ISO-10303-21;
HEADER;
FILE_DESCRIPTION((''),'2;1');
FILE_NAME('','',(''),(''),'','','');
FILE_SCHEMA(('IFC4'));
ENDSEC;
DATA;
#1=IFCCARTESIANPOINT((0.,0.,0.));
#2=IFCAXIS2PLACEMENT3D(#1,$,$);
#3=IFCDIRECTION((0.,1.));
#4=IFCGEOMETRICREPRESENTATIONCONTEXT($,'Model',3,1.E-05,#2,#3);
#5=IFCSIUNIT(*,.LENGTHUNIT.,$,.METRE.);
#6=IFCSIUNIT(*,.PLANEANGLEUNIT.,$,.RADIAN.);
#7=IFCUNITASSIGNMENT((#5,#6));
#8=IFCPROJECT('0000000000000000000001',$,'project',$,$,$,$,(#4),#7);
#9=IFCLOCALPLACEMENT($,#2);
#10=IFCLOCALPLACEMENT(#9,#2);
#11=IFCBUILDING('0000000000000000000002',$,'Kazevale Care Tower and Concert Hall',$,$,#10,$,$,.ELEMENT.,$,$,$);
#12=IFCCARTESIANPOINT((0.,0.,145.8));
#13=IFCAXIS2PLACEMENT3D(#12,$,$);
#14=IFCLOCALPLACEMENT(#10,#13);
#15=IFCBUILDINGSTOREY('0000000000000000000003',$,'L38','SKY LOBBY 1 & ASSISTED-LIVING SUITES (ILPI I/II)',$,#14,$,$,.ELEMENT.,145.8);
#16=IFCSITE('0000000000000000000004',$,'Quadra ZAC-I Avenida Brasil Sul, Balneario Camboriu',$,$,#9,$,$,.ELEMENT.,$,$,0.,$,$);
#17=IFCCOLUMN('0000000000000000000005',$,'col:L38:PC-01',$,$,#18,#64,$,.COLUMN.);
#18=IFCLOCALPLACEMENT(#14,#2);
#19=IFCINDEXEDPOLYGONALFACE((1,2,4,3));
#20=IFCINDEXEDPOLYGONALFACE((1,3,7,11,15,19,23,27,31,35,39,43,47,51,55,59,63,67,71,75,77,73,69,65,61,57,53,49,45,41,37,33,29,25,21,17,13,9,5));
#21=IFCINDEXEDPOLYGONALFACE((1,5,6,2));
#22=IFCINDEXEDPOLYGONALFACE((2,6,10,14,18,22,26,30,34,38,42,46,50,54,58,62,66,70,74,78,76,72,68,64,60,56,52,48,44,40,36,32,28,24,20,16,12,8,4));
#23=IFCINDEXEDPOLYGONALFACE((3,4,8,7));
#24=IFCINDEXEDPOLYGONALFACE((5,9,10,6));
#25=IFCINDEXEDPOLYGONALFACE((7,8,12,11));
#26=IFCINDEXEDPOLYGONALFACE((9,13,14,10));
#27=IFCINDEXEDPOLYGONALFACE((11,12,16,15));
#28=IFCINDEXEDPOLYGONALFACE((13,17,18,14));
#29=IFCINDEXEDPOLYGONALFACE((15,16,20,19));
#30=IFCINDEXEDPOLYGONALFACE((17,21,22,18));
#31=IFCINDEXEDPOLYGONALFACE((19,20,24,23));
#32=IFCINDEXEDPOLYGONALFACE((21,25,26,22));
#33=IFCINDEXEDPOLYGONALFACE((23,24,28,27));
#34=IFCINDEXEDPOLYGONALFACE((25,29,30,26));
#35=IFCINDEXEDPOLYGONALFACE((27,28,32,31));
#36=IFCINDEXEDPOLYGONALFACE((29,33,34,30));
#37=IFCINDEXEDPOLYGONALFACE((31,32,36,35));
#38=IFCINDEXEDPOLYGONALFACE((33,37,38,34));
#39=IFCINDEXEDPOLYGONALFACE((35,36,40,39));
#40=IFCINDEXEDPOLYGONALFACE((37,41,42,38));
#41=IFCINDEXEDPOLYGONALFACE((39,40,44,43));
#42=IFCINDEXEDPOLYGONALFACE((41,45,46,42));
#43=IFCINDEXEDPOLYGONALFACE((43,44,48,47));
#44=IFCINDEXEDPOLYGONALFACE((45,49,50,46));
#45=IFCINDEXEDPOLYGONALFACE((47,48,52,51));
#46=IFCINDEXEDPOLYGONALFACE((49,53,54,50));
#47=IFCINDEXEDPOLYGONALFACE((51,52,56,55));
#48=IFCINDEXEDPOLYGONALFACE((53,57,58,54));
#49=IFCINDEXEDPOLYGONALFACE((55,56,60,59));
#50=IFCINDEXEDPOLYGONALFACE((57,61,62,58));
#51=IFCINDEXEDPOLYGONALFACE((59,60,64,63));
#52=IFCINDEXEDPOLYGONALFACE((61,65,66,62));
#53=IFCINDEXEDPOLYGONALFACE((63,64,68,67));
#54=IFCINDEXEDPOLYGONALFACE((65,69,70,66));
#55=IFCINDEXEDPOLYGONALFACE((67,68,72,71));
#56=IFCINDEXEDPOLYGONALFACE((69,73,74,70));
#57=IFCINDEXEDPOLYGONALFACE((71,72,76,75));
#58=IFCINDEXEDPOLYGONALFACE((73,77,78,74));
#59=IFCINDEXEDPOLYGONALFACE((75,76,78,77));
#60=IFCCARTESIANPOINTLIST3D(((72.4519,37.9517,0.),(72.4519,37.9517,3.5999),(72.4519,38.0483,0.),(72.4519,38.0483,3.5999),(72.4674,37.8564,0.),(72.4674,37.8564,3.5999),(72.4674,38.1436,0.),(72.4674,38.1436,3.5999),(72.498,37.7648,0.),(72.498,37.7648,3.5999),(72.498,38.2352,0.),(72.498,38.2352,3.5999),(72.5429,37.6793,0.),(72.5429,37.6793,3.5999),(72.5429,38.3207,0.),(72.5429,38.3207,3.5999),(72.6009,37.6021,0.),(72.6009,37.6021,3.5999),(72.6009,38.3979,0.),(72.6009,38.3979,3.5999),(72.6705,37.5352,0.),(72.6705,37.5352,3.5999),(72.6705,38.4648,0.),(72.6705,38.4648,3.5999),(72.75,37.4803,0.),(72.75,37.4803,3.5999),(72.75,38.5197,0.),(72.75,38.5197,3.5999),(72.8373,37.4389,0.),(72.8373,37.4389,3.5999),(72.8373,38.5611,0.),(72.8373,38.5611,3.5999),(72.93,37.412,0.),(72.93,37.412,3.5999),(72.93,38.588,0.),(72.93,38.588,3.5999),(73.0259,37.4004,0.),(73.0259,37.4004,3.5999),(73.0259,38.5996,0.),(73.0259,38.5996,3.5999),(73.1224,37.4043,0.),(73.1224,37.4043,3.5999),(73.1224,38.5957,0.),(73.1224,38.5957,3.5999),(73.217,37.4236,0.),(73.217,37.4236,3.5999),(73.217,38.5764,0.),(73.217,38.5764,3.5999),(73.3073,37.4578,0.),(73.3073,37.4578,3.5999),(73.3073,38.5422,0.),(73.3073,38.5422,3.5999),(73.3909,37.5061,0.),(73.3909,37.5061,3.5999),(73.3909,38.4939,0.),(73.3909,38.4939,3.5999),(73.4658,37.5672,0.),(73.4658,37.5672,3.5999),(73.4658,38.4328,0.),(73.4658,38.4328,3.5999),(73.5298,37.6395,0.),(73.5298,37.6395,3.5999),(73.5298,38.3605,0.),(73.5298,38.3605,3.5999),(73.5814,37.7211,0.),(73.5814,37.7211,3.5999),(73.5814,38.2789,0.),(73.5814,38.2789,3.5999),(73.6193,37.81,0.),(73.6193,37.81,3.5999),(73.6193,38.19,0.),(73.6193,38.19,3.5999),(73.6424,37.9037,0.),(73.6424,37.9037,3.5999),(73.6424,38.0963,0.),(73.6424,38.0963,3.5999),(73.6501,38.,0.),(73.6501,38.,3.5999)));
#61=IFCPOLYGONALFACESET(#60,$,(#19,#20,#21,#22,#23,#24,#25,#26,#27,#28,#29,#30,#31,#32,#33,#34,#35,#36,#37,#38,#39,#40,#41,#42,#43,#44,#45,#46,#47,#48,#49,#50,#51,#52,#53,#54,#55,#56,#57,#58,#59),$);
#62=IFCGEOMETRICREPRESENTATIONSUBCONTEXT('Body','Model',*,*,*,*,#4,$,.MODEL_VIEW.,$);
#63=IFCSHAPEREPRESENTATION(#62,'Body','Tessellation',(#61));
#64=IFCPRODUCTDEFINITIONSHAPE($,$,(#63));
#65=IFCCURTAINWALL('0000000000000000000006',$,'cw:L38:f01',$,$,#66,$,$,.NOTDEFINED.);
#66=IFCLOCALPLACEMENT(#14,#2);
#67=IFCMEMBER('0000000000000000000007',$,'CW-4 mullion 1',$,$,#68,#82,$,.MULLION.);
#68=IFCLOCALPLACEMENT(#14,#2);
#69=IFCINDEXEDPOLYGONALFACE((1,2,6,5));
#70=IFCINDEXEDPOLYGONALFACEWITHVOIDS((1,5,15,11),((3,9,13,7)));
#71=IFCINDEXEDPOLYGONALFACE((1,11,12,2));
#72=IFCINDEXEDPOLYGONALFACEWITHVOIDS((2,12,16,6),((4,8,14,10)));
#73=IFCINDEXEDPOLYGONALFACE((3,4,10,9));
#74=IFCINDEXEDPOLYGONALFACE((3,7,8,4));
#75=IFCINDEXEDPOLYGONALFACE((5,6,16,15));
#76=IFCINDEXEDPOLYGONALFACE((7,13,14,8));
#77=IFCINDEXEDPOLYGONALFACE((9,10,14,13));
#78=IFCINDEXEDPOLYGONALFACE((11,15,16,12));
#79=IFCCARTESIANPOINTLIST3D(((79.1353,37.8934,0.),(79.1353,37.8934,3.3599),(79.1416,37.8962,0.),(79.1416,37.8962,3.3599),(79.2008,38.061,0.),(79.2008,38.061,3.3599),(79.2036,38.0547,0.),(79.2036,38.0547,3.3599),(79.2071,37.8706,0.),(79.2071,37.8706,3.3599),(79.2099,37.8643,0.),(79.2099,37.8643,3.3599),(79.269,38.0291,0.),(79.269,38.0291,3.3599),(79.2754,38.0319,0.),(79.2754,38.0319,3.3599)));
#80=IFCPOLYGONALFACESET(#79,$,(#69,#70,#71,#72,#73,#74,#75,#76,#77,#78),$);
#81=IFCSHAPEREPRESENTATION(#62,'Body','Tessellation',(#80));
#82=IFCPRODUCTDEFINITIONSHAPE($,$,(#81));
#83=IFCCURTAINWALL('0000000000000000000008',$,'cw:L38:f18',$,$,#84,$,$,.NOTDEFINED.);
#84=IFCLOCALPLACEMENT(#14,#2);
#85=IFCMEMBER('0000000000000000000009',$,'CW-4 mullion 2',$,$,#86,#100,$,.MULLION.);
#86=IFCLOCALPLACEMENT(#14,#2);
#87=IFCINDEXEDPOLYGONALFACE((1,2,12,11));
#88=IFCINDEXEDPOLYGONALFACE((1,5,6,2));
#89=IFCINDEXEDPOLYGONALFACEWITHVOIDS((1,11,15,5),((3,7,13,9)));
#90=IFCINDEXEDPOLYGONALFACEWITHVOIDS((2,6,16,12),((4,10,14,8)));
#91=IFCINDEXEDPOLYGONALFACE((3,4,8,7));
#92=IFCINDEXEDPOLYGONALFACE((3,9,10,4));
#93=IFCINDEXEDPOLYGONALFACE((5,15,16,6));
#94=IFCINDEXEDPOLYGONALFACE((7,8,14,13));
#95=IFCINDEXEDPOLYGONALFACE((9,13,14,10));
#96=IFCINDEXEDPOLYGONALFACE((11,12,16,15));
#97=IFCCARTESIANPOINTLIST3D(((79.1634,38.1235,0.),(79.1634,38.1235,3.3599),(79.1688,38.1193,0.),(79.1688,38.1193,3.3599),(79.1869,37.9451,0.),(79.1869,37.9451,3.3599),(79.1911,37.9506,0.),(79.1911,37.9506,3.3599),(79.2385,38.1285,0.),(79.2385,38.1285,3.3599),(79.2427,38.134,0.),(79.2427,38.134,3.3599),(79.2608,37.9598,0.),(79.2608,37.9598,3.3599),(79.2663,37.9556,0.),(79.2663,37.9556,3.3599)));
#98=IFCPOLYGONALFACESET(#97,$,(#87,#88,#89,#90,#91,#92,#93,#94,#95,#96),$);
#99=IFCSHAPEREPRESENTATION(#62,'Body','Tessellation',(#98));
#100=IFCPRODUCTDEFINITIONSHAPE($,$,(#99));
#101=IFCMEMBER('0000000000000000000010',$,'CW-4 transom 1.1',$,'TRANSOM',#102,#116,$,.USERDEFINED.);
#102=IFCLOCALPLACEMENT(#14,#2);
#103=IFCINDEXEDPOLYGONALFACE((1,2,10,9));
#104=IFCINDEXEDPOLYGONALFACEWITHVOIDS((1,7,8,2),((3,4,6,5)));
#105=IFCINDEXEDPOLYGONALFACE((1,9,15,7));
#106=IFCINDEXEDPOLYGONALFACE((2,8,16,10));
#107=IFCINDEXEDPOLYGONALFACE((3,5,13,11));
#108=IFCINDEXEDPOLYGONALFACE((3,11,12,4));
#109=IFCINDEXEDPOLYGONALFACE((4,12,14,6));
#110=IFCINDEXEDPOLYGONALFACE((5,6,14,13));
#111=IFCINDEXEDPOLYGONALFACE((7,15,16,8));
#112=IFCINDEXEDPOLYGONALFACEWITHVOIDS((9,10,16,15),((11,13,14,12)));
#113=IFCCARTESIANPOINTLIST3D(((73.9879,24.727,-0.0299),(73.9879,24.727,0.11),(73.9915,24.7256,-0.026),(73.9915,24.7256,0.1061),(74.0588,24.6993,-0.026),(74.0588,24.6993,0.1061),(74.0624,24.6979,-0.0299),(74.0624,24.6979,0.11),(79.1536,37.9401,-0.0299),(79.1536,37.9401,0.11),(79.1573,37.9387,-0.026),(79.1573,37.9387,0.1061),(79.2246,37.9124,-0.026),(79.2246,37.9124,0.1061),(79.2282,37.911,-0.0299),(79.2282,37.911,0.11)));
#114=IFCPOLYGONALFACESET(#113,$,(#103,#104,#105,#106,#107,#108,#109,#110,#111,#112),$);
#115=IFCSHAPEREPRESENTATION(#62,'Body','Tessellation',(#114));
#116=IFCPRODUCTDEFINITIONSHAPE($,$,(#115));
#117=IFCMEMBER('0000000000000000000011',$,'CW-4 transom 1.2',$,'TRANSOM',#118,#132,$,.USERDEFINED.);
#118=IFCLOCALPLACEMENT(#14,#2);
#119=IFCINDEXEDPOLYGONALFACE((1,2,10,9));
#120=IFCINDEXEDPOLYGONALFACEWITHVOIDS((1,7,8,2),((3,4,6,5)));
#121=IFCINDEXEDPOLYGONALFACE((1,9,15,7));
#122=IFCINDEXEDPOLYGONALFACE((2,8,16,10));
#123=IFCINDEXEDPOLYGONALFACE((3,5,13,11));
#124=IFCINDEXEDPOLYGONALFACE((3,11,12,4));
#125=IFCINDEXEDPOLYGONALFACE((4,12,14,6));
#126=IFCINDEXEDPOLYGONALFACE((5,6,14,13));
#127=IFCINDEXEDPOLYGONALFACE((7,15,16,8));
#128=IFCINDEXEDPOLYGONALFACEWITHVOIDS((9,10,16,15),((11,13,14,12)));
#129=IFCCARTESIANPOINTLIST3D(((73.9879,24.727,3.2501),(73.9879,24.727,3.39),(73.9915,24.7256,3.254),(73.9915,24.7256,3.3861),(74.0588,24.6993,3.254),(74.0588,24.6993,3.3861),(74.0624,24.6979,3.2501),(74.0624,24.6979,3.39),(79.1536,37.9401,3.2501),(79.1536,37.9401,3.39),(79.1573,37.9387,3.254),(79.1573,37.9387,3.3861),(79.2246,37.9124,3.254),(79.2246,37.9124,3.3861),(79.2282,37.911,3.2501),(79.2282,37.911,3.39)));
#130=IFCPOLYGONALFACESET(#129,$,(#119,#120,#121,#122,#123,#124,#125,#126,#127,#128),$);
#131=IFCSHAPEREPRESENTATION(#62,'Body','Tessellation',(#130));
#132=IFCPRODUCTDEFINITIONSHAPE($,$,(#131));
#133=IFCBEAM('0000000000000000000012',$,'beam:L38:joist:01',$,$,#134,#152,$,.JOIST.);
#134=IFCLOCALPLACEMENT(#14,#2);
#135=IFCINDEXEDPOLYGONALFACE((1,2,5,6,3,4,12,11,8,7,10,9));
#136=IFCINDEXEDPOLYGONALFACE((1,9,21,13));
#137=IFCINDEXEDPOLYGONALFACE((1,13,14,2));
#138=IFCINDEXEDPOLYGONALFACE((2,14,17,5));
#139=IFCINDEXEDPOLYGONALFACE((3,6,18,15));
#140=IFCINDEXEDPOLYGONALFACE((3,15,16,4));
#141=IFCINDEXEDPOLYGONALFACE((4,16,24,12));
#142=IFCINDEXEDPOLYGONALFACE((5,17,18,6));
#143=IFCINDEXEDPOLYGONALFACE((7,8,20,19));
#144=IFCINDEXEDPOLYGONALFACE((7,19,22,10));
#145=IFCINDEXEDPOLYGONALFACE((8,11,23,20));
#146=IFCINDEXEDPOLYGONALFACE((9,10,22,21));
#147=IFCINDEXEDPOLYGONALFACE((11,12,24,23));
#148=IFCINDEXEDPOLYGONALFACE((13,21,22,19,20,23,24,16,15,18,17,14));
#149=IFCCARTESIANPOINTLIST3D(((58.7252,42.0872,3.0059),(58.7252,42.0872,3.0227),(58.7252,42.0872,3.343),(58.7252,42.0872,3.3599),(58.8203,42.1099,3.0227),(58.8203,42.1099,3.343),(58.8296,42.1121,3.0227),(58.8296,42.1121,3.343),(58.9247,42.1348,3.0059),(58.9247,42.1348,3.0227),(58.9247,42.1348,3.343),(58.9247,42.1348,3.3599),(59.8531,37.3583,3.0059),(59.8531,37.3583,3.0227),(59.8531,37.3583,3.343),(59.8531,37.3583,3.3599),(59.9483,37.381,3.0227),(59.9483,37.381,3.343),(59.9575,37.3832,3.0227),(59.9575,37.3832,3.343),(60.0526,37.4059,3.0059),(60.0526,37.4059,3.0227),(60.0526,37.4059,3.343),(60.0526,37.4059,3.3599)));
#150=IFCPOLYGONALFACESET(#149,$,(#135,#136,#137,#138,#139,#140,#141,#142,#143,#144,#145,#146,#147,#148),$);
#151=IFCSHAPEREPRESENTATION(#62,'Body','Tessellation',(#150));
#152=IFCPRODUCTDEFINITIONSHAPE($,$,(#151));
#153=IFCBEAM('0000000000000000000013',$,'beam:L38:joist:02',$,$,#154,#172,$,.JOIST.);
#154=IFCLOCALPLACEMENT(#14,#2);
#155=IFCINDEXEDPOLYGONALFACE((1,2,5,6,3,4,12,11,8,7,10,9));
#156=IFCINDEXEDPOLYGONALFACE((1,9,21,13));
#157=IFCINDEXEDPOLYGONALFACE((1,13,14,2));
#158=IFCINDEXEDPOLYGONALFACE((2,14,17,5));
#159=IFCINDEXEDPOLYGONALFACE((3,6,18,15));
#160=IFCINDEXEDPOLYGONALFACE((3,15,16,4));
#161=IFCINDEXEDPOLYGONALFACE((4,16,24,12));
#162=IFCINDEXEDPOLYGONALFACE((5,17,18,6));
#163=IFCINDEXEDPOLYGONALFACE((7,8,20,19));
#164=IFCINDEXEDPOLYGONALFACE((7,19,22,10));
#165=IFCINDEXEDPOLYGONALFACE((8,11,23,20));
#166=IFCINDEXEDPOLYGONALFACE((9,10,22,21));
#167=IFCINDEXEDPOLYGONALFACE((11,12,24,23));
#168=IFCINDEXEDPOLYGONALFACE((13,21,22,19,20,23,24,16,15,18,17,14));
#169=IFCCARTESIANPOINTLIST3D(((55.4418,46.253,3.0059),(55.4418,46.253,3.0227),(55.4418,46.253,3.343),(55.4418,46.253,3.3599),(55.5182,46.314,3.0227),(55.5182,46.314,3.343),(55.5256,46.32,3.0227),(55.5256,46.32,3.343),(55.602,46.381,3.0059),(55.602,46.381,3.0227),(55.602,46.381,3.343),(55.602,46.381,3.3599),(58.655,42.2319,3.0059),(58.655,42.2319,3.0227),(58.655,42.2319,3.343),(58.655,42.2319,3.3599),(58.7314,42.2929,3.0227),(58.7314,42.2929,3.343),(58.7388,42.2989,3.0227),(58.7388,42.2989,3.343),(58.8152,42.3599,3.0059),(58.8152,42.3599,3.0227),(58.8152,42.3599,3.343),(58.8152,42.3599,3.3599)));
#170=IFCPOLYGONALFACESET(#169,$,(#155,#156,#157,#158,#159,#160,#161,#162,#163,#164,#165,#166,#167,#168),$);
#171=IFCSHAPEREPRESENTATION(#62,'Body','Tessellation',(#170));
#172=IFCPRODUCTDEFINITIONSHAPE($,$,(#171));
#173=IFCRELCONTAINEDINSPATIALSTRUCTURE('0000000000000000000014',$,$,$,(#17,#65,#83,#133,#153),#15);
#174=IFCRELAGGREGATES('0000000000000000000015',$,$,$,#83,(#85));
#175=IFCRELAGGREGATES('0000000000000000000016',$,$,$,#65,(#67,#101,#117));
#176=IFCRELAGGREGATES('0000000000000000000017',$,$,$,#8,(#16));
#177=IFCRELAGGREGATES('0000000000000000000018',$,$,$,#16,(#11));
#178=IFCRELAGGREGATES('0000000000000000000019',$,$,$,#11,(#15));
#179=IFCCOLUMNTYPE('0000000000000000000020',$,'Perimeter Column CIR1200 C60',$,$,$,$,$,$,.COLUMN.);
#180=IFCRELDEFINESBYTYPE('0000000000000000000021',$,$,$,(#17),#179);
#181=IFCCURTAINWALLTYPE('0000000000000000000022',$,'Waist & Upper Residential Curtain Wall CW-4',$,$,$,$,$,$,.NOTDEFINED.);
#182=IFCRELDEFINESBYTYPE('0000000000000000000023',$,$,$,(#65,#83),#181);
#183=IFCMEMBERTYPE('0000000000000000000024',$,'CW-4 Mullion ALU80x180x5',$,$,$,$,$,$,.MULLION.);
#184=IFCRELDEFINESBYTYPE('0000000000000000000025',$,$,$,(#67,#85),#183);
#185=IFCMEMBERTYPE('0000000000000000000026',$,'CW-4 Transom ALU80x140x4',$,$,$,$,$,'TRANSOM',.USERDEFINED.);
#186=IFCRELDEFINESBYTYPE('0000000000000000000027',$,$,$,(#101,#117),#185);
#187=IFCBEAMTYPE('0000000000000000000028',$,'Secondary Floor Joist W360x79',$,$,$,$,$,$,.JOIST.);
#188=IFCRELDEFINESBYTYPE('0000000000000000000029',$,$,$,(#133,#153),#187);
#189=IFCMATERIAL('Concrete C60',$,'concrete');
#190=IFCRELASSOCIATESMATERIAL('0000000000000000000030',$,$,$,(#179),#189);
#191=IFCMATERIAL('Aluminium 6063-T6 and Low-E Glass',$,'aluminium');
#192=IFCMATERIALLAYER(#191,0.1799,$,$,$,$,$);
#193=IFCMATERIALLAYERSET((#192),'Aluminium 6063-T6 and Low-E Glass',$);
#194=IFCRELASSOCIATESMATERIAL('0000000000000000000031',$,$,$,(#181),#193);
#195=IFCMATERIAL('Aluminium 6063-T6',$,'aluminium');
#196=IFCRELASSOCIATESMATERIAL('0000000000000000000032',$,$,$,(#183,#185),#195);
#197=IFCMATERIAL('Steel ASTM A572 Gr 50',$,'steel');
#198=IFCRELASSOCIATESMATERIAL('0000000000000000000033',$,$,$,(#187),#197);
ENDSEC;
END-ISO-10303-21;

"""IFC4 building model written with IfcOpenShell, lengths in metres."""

from ifc_helpers import new_model, si_unit, direction, frame, origin, origin_2d, place, context, subcontext, project, spatial, hollow_rectangle, circle, i_section, extrude, material, layer, layer_set, material_profile, profile_set, type_object, element, aggregate, save


model = new_model("IFC4")

# Units and contexts
model_context = context("Model", 3, precision=1e-05, world=origin(), true_north=direction((0.0, 1.0)))
body_context = subcontext(model_context, "Body", "Model", "MODEL_VIEW")
ifc_project = project(units=[si_unit("LENGTHUNIT", "METRE"), si_unit("PLANEANGLEUNIT", "RADIAN")], contexts=[model_context])

# Site, building, storey
site_placement = place(None, origin())
site = spatial("IfcSite", under=ifc_project, at=site_placement, Name="Quadra ZAC-I Avenida Brasil Sul, Balneario Camboriu", CompositionType="ELEMENT", RefElevation=0.0)
building_placement = place(site_placement, origin())
building = spatial("IfcBuilding", under=site, at=building_placement, Name="Kazevale Care Tower and Concert Hall", CompositionType="ELEMENT")
storey_placement = place(building_placement, frame((0.0, 0.0, 145.8)))
storey = spatial("IfcBuildingStorey", under=building, at=storey_placement, Name="L38", Description="SKY LOBBY 1 & ASSISTED-LIVING SUITES (ILPI I/II)", CompositionType="ELEMENT", Elevation=145.8)

# Column
ifc_material_1 = material(Name="Concrete C60", Category="concrete")
ifc_material_profile_1 = material_profile(ifc_material_1, circle(Radius=0.6001, at=origin_2d()), Name="RC-CIR1200")
ifc_profile_set_1 = profile_set([ifc_material_profile_1], Name="Concrete C60")
column_type = type_object("IfcColumnType", Name="Perimeter Column CIR1200 C60", PredefinedType="COLUMN", material=ifc_profile_set_1)
column_placement = place(storey_placement, frame((73.05, 38.0, 0.0), z_axis=(0.0, 0.0, 1.0), x_axis=(1.0, 0.0, 0.0)))
element("IfcColumn", 1, at=column_placement, inside=storey, type_object=column_type, Name="col:L38:PC-01", PredefinedType="COLUMN", context=body_context, shape_type="SweptSolid", body=[
    extrude(circle(Radius=0.6001, at=origin_2d()), origin(), (0.0, 0.0, 1.0), 3.5999),
])

# Curtain walls, members
ifc_material_2 = material(Name="Aluminium 6063-T6 and Low-E Glass", Category="aluminium")
ifc_layer_1 = layer(ifc_material_2, 0.1799)
ifc_layer_set_1 = layer_set([ifc_layer_1], Name="Aluminium 6063-T6 and Low-E Glass")
curtain_wall_type = type_object("IfcCurtainWallType", Name="Waist & Upper Residential Curtain Wall CW-4", PredefinedType="NOTDEFINED", material=ifc_layer_set_1)
curtain_wall_1_placement = place(storey_placement, origin())
curtain_wall_1 = element("IfcCurtainWall", 2, at=curtain_wall_1_placement, inside=storey, type_object=curtain_wall_type, Name="cw:L38:f01", PredefinedType="NOTDEFINED")
ifc_material_3 = material(Name="Aluminium 6063-T6", Category="aluminium")
ifc_material_profile_2 = material_profile(ifc_material_3, hollow_rectangle(XDim=0.0801, YDim=0.1799, WallThickness=0.0049, at=origin_2d()), Name="ALU80x180x5")
ifc_profile_set_2 = profile_set([ifc_material_profile_2], Name="Aluminium 6063-T6")
member_type_1 = type_object("IfcMemberType", Name="CW-4 Mullion ALU80x180x5", PredefinedType="MULLION", material=ifc_profile_set_2)
member_1_placement = place(storey_placement, frame((79.2053, 37.9626, 0.0), z_axis=(0.0, 0.0, 1.0), x_axis=(0.931352, -0.364121, 0.0)))
member_1 = element("IfcMember", 3, at=member_1_placement, type_object=member_type_1, Name="CW-4 mullion 1", PredefinedType="MULLION", context=body_context, shape_type="SweptSolid", body=[
    extrude(hollow_rectangle(XDim=0.0801, YDim=0.1799, WallThickness=0.0049, at=origin_2d()), origin(), (0.0, 0.0, 1.0), 3.3599),
])
curtain_wall_2_placement = place(storey_placement, origin())
curtain_wall_2 = element("IfcCurtainWall", 4, at=curtain_wall_2_placement, inside=storey, type_object=curtain_wall_type, Name="cw:L38:f18", PredefinedType="NOTDEFINED")
member_2_placement = place(storey_placement, frame((79.2148, 38.0396, 0.0), z_axis=(0.0, 0.0, 1.0), x_axis=(0.991374, 0.131063, 0.0)))
member_2 = element("IfcMember", 5, at=member_2_placement, type_object=member_type_1, Name="CW-4 mullion 2", PredefinedType="MULLION", context=body_context, shape_type="SweptSolid", body=[
    extrude(hollow_rectangle(XDim=0.0801, YDim=0.1799, WallThickness=0.0049, at=origin_2d()), origin(), (0.0, 0.0, 1.0), 3.3599),
])
aggregate(curtain_wall_2, [member_2])

# Members
ifc_material_profile_3 = material_profile(ifc_material_3, hollow_rectangle(XDim=0.0801, YDim=0.1399, WallThickness=0.0039, at=origin_2d()), Name="ALU80x140x4")
ifc_profile_set_3 = profile_set([ifc_material_profile_3], Name="Aluminium 6063-T6")
member_type_2 = type_object("IfcMemberType", Name="CW-4 Transom ALU80x140x4", ElementType="TRANSOM", PredefinedType="USERDEFINED", material=ifc_profile_set_3)
member_3_placement = place(storey_placement, frame((79.1909, 37.9255, 0.04), z_axis=(-0.364119, -0.931352, 0.0), x_axis=(0.931352, -0.364119, 0.0)))
member_3 = element("IfcMember", 6, at=member_3_placement, type_object=member_type_2, Name="CW-4 transom 1.1", ObjectType="TRANSOM", PredefinedType="USERDEFINED", context=body_context, shape_type="SweptSolid", body=[
    extrude(hollow_rectangle(XDim=0.0801, YDim=0.1399, WallThickness=0.0039, at=origin_2d()), origin(), (0.0, 0.0, 1.0), 14.187),
])
member_4_placement = place(storey_placement, frame((79.1909, 37.9255, 3.3201), z_axis=(-0.364119, -0.931352, 0.0), x_axis=(0.931352, -0.364119, 0.0)))
member_4 = element("IfcMember", 7, at=member_4_placement, type_object=member_type_2, Name="CW-4 transom 1.2", ObjectType="TRANSOM", PredefinedType="USERDEFINED", context=body_context, shape_type="SweptSolid", body=[
    extrude(hollow_rectangle(XDim=0.0801, YDim=0.1399, WallThickness=0.0039, at=origin_2d()), origin(), (0.0, 0.0, 1.0), 14.187),
])

# Beams
ifc_material_4 = material(Name="Steel ASTM A572 Gr 50", Category="steel")
ifc_material_profile_4 = material_profile(ifc_material_4, i_section(OverallWidth=0.2051, OverallDepth=0.354, WebThickness=0.0095, FlangeThickness=0.0168, at=origin_2d()), Name="W360x79")
ifc_profile_set_4 = profile_set([ifc_material_profile_4], Name="Steel ASTM A572 Gr 50")
beam_type_1 = type_object("IfcBeamType", Name="Secondary Floor Joist W360x79", PredefinedType="JOIST", material=ifc_profile_set_4)
beam_1_placement = place(storey_placement, frame((59.9529, 37.3821, 3.1829), z_axis=(-0.232005, 0.972715, 0.0), x_axis=(-0.972715, -0.232005, 0.0)))
element("IfcBeam", 8, at=beam_1_placement, inside=storey, type_object=beam_type_1, Name="beam:L38:joist:01", PredefinedType="JOIST", context=body_context, shape_type="SweptSolid", body=[
    extrude(i_section(OverallWidth=0.2051, OverallDepth=0.354, WebThickness=0.0095, FlangeThickness=0.0168, at=origin_2d()), origin(), (0.0, 0.0, 1.0), 4.8616),
])
beam_2_placement = place(storey_placement, frame((58.7351, 42.2959, 3.1829), z_axis=(-0.624261, 0.781216, 0.0), x_axis=(-0.781216, -0.624261, 0.0)))
element("IfcBeam", 9, at=beam_2_placement, inside=storey, type_object=beam_type_1, Name="beam:L38:joist:02", PredefinedType="JOIST", context=body_context, shape_type="SweptSolid", body=[
    extrude(i_section(OverallWidth=0.2051, OverallDepth=0.354, WebThickness=0.0095, FlangeThickness=0.0168, at=origin_2d()), origin(), (0.0, 0.0, 1.0), 5.1472),
])

aggregate(curtain_wall_1, [member_1, member_3, member_4])

save(model, "model.ifc")
